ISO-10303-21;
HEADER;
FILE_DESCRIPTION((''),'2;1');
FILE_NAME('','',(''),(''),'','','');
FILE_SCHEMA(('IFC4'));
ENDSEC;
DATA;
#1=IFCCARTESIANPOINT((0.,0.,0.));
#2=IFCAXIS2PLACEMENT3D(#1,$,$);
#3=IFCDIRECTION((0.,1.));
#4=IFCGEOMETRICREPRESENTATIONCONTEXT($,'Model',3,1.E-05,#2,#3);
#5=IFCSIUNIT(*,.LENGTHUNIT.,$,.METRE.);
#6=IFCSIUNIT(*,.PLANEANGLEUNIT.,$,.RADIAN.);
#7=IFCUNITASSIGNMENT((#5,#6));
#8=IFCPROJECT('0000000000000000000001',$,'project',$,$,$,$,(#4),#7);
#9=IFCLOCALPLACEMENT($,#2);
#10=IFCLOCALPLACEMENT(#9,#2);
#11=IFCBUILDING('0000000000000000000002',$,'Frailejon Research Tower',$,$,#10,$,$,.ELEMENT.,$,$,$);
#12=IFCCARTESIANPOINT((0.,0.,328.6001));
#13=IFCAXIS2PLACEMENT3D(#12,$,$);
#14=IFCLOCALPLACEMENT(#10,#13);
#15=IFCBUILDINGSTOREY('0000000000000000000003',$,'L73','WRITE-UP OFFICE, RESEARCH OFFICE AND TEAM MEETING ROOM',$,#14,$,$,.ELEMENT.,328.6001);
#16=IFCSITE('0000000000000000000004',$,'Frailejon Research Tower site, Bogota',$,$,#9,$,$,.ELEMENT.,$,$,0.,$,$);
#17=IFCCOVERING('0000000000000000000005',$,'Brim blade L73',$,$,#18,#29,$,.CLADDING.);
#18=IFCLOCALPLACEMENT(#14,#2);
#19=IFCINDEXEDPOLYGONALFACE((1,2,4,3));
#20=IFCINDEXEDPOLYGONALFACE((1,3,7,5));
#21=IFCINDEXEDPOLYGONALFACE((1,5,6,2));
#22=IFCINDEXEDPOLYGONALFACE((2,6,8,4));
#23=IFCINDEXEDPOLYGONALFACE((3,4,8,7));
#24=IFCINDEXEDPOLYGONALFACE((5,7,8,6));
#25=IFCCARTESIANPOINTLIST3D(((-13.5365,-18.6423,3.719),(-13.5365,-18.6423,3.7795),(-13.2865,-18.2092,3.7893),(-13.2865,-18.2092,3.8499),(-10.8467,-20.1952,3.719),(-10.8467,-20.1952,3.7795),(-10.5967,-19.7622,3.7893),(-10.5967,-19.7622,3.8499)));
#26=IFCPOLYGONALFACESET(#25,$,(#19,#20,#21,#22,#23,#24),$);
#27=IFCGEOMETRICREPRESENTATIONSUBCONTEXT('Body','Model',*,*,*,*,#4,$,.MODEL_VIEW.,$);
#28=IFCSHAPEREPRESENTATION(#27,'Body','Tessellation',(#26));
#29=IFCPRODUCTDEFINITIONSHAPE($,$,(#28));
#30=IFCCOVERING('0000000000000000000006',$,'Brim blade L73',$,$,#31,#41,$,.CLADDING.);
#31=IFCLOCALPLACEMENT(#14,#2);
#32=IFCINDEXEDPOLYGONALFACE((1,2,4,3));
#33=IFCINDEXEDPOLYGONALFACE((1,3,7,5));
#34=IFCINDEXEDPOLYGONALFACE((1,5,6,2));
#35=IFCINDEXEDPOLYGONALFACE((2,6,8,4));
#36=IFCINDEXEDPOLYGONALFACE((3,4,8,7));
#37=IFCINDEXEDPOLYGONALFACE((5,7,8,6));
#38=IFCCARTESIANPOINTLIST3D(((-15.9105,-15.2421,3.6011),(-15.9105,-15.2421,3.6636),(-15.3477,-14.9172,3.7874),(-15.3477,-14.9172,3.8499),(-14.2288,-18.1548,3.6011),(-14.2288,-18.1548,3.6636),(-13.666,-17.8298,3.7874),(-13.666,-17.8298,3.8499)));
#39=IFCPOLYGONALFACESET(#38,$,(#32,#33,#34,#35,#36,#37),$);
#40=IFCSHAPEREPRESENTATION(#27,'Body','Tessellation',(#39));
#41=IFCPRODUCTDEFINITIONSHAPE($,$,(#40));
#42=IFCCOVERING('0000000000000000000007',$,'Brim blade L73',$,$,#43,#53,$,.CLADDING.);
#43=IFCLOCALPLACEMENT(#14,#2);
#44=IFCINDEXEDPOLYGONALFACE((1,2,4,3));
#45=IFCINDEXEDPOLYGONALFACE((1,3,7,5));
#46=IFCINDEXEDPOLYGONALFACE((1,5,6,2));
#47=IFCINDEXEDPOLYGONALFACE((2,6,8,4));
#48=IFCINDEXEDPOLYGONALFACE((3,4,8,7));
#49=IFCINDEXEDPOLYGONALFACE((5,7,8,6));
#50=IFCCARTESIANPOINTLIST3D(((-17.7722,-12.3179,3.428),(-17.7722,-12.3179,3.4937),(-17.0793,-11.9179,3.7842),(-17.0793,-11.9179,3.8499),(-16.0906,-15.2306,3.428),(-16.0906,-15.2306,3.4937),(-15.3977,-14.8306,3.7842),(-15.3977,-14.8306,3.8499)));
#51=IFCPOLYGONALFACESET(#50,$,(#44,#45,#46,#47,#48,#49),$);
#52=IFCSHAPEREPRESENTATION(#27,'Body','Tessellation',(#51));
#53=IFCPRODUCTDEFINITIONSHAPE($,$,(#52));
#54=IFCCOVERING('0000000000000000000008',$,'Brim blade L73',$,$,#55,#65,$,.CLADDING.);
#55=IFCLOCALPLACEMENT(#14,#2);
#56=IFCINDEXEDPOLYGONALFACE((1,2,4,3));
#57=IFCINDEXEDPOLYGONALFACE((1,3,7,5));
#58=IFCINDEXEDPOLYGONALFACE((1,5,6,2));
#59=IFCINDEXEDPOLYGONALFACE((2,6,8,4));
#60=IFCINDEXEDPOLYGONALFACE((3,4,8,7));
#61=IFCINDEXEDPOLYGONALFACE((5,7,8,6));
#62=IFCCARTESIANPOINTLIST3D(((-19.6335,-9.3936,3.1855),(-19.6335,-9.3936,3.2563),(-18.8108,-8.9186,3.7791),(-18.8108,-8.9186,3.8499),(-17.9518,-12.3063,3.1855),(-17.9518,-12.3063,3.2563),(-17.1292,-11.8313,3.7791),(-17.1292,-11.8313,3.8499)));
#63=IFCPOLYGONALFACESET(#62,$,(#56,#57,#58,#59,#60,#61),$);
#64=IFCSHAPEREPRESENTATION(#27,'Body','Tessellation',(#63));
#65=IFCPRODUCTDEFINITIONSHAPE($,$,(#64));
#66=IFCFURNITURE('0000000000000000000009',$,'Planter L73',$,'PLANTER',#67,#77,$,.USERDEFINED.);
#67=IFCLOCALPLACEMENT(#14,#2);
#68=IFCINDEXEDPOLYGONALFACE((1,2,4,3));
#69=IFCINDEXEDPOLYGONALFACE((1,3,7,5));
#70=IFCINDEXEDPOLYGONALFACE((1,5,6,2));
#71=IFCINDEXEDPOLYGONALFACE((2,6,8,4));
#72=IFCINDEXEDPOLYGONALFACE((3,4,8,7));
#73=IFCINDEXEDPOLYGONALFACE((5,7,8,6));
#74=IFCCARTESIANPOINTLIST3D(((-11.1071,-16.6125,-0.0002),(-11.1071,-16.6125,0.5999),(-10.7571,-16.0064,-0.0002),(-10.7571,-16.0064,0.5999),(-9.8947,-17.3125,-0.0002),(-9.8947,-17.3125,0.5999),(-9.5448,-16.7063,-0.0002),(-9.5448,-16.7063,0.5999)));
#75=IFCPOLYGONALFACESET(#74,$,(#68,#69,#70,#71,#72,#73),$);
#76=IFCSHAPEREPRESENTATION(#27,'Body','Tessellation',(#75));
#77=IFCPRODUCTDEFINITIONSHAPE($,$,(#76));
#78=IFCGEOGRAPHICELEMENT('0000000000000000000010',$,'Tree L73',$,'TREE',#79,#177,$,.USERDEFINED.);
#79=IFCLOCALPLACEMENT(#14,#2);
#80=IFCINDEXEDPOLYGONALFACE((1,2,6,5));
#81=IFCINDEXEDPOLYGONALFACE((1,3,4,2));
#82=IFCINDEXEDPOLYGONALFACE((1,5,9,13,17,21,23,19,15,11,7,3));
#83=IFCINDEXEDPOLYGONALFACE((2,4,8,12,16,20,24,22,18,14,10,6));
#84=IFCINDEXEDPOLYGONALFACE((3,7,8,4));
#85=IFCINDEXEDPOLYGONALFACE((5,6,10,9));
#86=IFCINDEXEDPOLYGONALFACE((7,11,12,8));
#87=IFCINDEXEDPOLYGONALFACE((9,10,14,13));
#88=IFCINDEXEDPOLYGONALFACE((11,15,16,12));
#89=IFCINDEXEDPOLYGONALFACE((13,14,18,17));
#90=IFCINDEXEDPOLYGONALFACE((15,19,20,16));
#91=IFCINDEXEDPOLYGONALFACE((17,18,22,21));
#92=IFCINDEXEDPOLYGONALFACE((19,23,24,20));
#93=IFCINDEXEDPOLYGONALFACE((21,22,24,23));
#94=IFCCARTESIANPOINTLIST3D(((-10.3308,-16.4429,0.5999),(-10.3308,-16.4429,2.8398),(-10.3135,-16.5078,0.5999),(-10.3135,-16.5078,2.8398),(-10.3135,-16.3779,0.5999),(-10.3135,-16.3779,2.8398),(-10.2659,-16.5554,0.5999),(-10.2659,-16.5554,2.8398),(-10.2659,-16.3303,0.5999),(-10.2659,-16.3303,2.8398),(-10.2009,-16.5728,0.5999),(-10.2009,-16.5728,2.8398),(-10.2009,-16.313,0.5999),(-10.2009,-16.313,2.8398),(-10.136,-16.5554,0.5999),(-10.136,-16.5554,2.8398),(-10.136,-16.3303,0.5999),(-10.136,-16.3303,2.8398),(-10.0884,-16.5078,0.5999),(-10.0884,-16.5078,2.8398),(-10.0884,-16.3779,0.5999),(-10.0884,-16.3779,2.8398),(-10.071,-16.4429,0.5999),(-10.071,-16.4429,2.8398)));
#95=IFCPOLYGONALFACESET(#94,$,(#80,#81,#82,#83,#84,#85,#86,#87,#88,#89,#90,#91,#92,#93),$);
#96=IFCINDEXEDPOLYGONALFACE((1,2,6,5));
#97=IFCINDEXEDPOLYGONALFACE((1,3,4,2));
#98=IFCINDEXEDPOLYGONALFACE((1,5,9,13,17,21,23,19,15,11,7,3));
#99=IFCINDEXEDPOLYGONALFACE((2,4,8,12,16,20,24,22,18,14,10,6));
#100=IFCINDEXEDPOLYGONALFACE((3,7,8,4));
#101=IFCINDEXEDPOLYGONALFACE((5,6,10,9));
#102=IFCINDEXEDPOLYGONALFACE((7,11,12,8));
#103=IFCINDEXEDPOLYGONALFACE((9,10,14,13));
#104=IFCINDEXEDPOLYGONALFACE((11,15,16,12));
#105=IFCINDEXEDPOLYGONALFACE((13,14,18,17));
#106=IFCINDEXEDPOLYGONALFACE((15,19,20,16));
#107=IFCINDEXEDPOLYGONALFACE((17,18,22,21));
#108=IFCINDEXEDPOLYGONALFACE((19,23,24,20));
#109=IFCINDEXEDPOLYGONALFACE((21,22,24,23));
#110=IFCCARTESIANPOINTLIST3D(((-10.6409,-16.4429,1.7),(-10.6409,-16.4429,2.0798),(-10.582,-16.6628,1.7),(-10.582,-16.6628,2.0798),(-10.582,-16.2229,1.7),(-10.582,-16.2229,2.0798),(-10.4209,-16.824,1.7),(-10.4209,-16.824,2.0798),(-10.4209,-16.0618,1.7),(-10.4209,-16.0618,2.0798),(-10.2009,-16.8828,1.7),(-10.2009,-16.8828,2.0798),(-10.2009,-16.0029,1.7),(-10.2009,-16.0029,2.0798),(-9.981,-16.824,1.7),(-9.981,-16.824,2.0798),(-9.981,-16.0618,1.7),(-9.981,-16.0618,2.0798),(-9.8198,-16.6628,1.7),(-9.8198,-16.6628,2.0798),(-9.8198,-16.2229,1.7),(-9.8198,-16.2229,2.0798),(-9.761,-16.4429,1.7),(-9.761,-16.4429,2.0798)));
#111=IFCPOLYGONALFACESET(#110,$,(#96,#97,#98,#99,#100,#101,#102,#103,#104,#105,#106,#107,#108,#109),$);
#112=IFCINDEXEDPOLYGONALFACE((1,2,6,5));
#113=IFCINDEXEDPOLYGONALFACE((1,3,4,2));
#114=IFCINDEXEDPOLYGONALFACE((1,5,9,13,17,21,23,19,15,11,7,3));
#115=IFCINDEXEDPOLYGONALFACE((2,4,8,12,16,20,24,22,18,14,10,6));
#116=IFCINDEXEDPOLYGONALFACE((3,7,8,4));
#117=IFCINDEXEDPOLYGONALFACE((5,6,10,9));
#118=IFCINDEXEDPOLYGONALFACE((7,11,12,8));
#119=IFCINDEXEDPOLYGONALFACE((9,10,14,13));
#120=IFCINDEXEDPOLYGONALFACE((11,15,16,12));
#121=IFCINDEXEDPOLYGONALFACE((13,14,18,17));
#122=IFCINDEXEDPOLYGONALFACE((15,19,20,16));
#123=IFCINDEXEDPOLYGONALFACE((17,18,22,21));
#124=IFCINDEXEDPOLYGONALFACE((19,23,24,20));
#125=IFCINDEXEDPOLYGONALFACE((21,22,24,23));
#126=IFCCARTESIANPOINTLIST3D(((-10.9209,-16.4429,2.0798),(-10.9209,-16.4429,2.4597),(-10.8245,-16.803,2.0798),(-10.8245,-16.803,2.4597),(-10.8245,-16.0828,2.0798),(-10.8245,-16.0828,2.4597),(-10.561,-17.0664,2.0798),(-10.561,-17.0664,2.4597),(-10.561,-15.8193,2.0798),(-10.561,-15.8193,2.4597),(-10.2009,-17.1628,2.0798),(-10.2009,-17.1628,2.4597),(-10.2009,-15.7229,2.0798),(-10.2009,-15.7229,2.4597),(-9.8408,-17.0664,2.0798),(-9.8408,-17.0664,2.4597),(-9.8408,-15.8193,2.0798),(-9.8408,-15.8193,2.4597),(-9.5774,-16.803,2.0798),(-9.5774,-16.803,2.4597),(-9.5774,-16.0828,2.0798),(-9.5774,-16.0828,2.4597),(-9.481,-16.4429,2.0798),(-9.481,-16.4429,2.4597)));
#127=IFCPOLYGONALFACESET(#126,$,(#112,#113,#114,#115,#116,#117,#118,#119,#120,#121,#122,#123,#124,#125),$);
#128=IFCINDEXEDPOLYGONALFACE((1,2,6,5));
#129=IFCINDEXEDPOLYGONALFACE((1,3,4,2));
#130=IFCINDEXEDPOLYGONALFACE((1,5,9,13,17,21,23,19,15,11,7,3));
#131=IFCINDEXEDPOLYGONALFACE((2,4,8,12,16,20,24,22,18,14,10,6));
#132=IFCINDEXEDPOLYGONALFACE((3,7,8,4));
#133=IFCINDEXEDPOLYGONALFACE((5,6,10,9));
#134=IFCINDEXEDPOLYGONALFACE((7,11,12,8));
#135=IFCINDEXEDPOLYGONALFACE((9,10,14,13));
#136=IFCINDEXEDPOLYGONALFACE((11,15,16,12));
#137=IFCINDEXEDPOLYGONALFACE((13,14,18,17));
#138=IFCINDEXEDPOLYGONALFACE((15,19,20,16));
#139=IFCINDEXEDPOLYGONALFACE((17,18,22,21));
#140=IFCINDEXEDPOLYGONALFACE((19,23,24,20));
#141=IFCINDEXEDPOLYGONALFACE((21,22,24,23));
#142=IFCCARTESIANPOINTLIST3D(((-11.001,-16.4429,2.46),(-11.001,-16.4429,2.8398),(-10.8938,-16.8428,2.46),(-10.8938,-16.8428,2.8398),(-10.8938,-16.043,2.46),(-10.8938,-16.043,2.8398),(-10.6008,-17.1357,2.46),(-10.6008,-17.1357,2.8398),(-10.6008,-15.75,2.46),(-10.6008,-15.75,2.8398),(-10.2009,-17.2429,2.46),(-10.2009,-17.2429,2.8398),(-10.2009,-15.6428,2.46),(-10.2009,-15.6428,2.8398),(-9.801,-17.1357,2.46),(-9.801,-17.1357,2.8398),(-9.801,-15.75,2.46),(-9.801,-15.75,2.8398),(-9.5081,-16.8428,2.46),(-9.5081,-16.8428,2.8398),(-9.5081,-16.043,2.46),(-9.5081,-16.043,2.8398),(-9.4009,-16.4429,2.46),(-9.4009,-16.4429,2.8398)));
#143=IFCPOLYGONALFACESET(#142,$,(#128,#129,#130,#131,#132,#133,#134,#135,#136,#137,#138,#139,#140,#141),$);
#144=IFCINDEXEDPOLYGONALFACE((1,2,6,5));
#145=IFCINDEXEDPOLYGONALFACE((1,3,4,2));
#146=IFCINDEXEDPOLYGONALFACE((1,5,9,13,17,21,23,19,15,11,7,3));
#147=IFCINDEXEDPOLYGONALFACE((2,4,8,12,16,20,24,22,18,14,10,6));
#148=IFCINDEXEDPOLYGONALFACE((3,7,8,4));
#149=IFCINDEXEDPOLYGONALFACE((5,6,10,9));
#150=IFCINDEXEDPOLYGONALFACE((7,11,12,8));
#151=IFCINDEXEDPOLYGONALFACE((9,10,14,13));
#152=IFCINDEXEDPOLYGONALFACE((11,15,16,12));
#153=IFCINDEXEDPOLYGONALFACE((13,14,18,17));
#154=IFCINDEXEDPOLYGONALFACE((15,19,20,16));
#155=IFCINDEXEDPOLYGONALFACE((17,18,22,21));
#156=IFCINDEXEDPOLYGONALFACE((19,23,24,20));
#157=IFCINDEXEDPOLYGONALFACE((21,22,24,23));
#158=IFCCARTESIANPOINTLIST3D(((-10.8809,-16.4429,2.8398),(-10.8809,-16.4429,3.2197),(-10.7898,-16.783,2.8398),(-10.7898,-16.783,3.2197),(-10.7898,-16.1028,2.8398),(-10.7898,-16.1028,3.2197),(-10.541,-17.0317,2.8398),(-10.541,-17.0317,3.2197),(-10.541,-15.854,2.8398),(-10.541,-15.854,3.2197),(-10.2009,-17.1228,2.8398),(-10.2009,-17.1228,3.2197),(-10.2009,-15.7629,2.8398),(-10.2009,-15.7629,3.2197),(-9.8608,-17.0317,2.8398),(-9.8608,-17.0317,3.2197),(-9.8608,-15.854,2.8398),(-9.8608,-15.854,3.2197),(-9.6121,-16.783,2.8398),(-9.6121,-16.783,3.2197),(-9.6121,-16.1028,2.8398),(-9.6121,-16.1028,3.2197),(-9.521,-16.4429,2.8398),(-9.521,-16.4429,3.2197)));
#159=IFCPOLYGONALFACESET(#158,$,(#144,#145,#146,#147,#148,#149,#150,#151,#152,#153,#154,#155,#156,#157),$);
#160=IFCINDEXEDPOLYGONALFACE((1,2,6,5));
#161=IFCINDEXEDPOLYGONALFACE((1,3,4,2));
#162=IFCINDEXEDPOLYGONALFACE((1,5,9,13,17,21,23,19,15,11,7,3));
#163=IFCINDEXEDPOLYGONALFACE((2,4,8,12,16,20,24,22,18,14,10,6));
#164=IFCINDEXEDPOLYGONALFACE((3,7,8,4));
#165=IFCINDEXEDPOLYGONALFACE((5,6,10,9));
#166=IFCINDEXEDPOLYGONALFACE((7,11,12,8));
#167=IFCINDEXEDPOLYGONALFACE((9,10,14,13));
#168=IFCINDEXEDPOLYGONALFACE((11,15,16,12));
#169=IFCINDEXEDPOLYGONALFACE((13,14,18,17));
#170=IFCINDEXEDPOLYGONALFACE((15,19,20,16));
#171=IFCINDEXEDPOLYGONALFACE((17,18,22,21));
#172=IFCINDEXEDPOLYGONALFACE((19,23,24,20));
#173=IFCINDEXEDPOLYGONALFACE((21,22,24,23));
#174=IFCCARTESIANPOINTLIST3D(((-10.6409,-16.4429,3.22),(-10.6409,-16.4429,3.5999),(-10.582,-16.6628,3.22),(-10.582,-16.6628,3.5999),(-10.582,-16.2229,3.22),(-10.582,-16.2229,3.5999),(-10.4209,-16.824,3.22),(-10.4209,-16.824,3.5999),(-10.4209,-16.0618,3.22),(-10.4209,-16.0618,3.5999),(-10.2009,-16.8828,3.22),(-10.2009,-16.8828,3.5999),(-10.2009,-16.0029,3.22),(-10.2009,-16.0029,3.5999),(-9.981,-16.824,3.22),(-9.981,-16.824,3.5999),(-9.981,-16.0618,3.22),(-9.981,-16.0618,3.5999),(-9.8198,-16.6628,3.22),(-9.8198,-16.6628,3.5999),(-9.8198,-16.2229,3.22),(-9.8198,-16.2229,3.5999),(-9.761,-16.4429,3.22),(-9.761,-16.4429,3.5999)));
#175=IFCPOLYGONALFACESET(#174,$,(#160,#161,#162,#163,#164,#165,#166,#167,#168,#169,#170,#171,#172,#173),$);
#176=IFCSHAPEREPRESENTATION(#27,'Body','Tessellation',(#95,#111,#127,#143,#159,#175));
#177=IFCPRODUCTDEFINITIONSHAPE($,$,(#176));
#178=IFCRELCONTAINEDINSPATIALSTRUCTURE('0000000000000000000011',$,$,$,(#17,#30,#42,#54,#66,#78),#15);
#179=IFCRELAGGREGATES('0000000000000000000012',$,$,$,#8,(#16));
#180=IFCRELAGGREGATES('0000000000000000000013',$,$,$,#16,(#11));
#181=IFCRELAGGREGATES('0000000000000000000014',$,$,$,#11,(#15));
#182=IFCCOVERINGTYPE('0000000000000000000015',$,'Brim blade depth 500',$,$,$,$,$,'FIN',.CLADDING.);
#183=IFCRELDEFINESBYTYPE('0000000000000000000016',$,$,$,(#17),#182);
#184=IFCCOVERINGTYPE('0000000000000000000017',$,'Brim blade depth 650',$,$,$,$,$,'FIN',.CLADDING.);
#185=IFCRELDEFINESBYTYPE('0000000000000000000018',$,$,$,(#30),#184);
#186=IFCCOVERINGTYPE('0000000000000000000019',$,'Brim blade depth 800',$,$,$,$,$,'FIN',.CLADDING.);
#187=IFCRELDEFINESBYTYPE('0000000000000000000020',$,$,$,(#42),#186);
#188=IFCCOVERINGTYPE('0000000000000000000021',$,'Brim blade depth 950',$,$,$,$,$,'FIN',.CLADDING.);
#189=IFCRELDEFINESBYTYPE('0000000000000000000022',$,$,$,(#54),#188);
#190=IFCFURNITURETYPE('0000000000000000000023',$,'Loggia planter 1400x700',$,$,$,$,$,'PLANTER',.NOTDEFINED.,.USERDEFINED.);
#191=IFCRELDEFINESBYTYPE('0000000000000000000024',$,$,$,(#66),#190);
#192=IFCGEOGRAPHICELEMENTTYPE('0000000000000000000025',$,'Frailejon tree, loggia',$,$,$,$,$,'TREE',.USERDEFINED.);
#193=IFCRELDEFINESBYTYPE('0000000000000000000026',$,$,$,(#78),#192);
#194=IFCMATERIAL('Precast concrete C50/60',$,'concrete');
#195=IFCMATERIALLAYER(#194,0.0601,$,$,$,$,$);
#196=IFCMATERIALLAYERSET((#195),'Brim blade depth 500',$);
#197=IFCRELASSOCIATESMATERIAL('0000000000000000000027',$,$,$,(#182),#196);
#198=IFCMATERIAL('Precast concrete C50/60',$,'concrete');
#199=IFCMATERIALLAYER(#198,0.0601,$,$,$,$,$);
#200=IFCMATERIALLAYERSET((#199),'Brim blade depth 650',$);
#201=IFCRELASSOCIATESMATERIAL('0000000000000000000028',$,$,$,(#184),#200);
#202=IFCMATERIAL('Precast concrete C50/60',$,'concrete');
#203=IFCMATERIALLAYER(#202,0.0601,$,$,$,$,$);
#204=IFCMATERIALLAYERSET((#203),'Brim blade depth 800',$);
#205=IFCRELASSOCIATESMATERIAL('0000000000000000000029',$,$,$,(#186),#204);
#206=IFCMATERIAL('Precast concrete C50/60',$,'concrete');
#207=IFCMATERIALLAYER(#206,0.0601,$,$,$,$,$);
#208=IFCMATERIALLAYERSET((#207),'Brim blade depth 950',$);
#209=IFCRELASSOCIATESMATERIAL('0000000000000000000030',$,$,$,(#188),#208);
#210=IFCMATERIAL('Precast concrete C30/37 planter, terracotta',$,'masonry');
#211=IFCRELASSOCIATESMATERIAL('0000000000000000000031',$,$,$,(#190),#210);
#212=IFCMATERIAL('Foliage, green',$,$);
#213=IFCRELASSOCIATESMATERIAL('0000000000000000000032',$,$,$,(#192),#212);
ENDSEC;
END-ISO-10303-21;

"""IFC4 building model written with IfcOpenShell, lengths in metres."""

from ifc_helpers import new_model, si_unit, direction, frame, origin, origin_2d, place, context, subcontext, project, spatial, polyline, rectangle, outline, extrude, material, layer, layer_set, type_object, element, save


model = new_model("IFC4")

# Units and contexts
model_context = context("Model", 3, precision=1e-05, world=origin(), true_north=direction((0.0, 1.0)))
body_context = subcontext(model_context, "Body", "Model", "MODEL_VIEW")
ifc_project = project(units=[si_unit("LENGTHUNIT", "METRE"), si_unit("PLANEANGLEUNIT", "RADIAN")], contexts=[model_context])

# Site, building, storey
site_placement = place(None, origin())
site = spatial("IfcSite", under=ifc_project, at=site_placement, Name="Frailejon Research Tower site, Bogota", CompositionType="ELEMENT", RefElevation=0.0)
building_placement = place(site_placement, origin())
building = spatial("IfcBuilding", under=site, at=building_placement, Name="Frailejon Research Tower", CompositionType="ELEMENT")
storey_placement = place(building_placement, frame((0.0, 0.0, 328.6001)))
storey = spatial("IfcBuildingStorey", under=building, at=storey_placement, Name="L73", Description="WRITE-UP OFFICE, RESEARCH OFFICE AND TEAM MEETING ROOM", CompositionType="ELEMENT", Elevation=328.6001)

# Coverings
ifc_material_1 = material(Name="Precast concrete C50/60", Category="concrete")
ifc_layer_1 = layer(ifc_material_1, 0.0601)
ifc_layer_set_1 = layer_set([ifc_layer_1], Name="Brim blade depth 500")
covering_type_1 = type_object("IfcCoveringType", Name="Brim blade depth 500", ElementType="FIN", PredefinedType="CLADDING", material=ifc_layer_set_1)
covering_1_placement = place(storey_placement, frame((-10.5967, -19.7622, 3.8499), z_axis=(-0.866027, 0.499997, 0.0), x_axis=(-0.499997, -0.866027, 0.0)))
element("IfcCovering", 1, at=covering_1_placement, inside=storey, type_object=covering_type_1, Name="Brim blade L73", PredefinedType="CLADDING", context=body_context, shape_type="SweptSolid", body=[
    extrude(outline(polyline([(0.0, -0.0605), (0.5, -0.1309), (0.5, -0.0703), (0.0, 0.0), (0.0, -0.0605)])), origin(), (0.0, 0.0, 1.0), 3.106),
])
ifc_material_2 = material(Name="Precast concrete C50/60", Category="concrete")
ifc_layer_2 = layer(ifc_material_2, 0.0601)
ifc_layer_set_2 = layer_set([ifc_layer_2], Name="Brim blade depth 650")
covering_type_2 = type_object("IfcCoveringType", Name="Brim blade depth 650", ElementType="FIN", PredefinedType="CLADDING", material=ifc_layer_set_2)
covering_2_placement = place(storey_placement, frame((-13.666, -17.8298, 3.8499), z_axis=(-0.500012, 0.866019, 0.0), x_axis=(-0.866019, -0.500012, 0.0)))
element("IfcCovering", 2, at=covering_2_placement, inside=storey, type_object=covering_type_2, Name="Brim blade L73", PredefinedType="CLADDING", context=body_context, shape_type="SweptSolid", body=[
    extrude(outline(polyline([(0.0, -0.0625), (0.6499, -0.2488), (0.6499, -0.1863), (0.0, 0.0), (0.0, -0.0625)])), origin(), (0.0, 0.0, 1.0), 3.3633),
])
ifc_material_3 = material(Name="Precast concrete C50/60", Category="concrete")
ifc_layer_3 = layer(ifc_material_3, 0.0601)
ifc_layer_set_3 = layer_set([ifc_layer_3], Name="Brim blade depth 800")
covering_type_3 = type_object("IfcCoveringType", Name="Brim blade depth 800", ElementType="FIN", PredefinedType="CLADDING", material=ifc_layer_set_3)
covering_3_placement = place(storey_placement, frame((-15.3977, -14.8306, 3.8499), z_axis=(-0.49999, 0.866031, 0.0), x_axis=(-0.866031, -0.49999, 0.0)))
element("IfcCovering", 3, at=covering_3_placement, inside=storey, type_object=covering_type_3, Name="Brim blade L73", PredefinedType="CLADDING", context=body_context, shape_type="SweptSolid", body=[
    extrude(outline(polyline([(0.0, -0.0657), (0.8, -0.4219), (0.8, -0.3562), (0.0, 0.0), (0.0, -0.0657)])), origin(), (0.0, 0.0, 1.0), 3.3633),
])
ifc_material_4 = material(Name="Precast concrete C50/60", Category="concrete")
ifc_layer_4 = layer(ifc_material_4, 0.0601)
ifc_layer_set_4 = layer_set([ifc_layer_4], Name="Brim blade depth 950")
covering_type_4 = type_object("IfcCoveringType", Name="Brim blade depth 950", ElementType="FIN", PredefinedType="CLADDING", material=ifc_layer_set_4)
covering_4_placement = place(storey_placement, frame((-17.1292, -11.8313, 3.8499), z_axis=(-0.500002, 0.866024, 0.0), x_axis=(-0.866024, -0.500002, 0.0)))
element("IfcCovering", 4, at=covering_4_placement, inside=storey, type_object=covering_type_4, Name="Brim blade L73", PredefinedType="CLADDING", context=body_context, shape_type="SweptSolid", body=[
    extrude(outline(polyline([(0.0, -0.0708), (0.95, -0.6643), (0.95, -0.5935), (0.0, 0.0), (0.0, -0.0708)])), origin(), (0.0, 0.0, 1.0), 3.3633),
])

# Furniture
ifc_material_5 = material(Name="Precast concrete C30/37 planter, terracotta", Category="masonry")
furniture_type = type_object("IfcFurnitureType", Name="Loggia planter 1400x700", ElementType="PLANTER", AssemblyPlace="NOTDEFINED", PredefinedType="USERDEFINED", material=ifc_material_5)
furniture_placement = place(storey_placement, frame((-10.3259, -16.6594, -0.0002), z_axis=(0.0, 0.0, 1.0), x_axis=(0.866025, -0.5, 0.0)))
element("IfcFurniture", 5, at=furniture_placement, inside=storey, type_object=furniture_type, Name="Planter L73", ObjectType="PLANTER", PredefinedType="USERDEFINED", context=body_context, shape_type="SweptSolid", body=[
    extrude(rectangle(XDim=1.3999, YDim=0.7, at=origin_2d()), origin(), (0.0, 0.0, 1.0), 0.6001),
])

# Geographic element
ifc_material_6 = material(Name="Foliage, green")
geographic_element_type = type_object("IfcGeographicElementType", Name="Frailejon tree, loggia", ElementType="TREE", PredefinedType="USERDEFINED", material=ifc_material_6)
geographic_element_placement = place(storey_placement, frame((-10.2009, -16.4429, 0.5999)))
element("IfcGeographicElement", 6, at=geographic_element_placement, inside=storey, type_object=geographic_element_type, Name="Tree L73", ObjectType="TREE", PredefinedType="USERDEFINED", context=body_context, shape_type="SweptSolid", body=[
    extrude(outline(polyline([(0.1299, 0.0), (0.1125, 0.0649), (0.0649, 0.1125), (0.0, 0.1299), (-0.0649, 0.1125), (-0.1125, 0.0649), (-0.1299, 0.0), (-0.1125, -0.0649), (-0.0649, -0.1125), (0.0, -0.1299), (0.0649, -0.1125), (0.1125, -0.0649), (0.1299, 0.0)])), origin(), (0.0, 0.0, 1.0), 2.24),
    extrude(outline(polyline([(0.4399, 0.0), (0.3811, 0.22), (0.22, 0.3811), (0.0, 0.4399), (-0.22, 0.3811), (-0.3811, 0.22), (-0.4399, 0.0), (-0.3811, -0.22), (-0.22, -0.3811), (0.0, -0.4399), (0.22, -0.3811), (0.3811, -0.22), (0.4399, 0.0)])), frame((0.0, 0.0, 1.1001)), (0.0, 0.0, 1.0), 0.3799),
    extrude(outline(polyline([(0.72, 0.0), (0.6235, 0.3601), (0.3601, 0.6235), (0.0, 0.72), (-0.3601, 0.6235), (-0.6235, 0.3601), (-0.72, 0.0), (-0.6235, -0.3601), (-0.3601, -0.6235), (0.0, -0.72), (0.3601, -0.6235), (0.6235, -0.3601), (0.72, 0.0)])), frame((0.0, 0.0, 1.48)), (0.0, 0.0, 1.0), 0.3799),
    extrude(outline(polyline([(0.8, 0.0), (0.6929, 0.3999), (0.3999, 0.6929), (0.0, 0.8), (-0.3999, 0.6929), (-0.6929, 0.3999), (-0.8, 0.0), (-0.6929, -0.3999), (-0.3999, -0.6929), (0.0, -0.8), (0.3999, -0.6929), (0.6929, -0.3999), (0.8, 0.0)])), frame((0.0, 0.0, 1.8601)), (0.0, 0.0, 1.0), 0.3799),
    extrude(outline(polyline([(0.6799, 0.0), (0.5889, 0.3401), (0.3401, 0.5889), (0.0, 0.6799), (-0.3401, 0.5889), (-0.5889, 0.3401), (-0.6799, 0.0), (-0.5889, -0.3401), (-0.3401, -0.5889), (0.0, -0.6799), (0.3401, -0.5889), (0.5889, -0.3401), (0.6799, 0.0)])), frame((0.0, 0.0, 2.24)), (0.0, 0.0, 1.0), 0.3799),
    extrude(outline(polyline([(0.4399, 0.0), (0.3811, 0.22), (0.22, 0.3811), (0.0, 0.4399), (-0.22, 0.3811), (-0.3811, 0.22), (-0.4399, 0.0), (-0.3811, -0.22), (-0.22, -0.3811), (0.0, -0.4399), (0.22, -0.3811), (0.3811, -0.22), (0.4399, 0.0)])), frame((0.0, 0.0, 2.6201)), (0.0, 0.0, 1.0), 0.3799),
])

save(model, "model.ifc")
